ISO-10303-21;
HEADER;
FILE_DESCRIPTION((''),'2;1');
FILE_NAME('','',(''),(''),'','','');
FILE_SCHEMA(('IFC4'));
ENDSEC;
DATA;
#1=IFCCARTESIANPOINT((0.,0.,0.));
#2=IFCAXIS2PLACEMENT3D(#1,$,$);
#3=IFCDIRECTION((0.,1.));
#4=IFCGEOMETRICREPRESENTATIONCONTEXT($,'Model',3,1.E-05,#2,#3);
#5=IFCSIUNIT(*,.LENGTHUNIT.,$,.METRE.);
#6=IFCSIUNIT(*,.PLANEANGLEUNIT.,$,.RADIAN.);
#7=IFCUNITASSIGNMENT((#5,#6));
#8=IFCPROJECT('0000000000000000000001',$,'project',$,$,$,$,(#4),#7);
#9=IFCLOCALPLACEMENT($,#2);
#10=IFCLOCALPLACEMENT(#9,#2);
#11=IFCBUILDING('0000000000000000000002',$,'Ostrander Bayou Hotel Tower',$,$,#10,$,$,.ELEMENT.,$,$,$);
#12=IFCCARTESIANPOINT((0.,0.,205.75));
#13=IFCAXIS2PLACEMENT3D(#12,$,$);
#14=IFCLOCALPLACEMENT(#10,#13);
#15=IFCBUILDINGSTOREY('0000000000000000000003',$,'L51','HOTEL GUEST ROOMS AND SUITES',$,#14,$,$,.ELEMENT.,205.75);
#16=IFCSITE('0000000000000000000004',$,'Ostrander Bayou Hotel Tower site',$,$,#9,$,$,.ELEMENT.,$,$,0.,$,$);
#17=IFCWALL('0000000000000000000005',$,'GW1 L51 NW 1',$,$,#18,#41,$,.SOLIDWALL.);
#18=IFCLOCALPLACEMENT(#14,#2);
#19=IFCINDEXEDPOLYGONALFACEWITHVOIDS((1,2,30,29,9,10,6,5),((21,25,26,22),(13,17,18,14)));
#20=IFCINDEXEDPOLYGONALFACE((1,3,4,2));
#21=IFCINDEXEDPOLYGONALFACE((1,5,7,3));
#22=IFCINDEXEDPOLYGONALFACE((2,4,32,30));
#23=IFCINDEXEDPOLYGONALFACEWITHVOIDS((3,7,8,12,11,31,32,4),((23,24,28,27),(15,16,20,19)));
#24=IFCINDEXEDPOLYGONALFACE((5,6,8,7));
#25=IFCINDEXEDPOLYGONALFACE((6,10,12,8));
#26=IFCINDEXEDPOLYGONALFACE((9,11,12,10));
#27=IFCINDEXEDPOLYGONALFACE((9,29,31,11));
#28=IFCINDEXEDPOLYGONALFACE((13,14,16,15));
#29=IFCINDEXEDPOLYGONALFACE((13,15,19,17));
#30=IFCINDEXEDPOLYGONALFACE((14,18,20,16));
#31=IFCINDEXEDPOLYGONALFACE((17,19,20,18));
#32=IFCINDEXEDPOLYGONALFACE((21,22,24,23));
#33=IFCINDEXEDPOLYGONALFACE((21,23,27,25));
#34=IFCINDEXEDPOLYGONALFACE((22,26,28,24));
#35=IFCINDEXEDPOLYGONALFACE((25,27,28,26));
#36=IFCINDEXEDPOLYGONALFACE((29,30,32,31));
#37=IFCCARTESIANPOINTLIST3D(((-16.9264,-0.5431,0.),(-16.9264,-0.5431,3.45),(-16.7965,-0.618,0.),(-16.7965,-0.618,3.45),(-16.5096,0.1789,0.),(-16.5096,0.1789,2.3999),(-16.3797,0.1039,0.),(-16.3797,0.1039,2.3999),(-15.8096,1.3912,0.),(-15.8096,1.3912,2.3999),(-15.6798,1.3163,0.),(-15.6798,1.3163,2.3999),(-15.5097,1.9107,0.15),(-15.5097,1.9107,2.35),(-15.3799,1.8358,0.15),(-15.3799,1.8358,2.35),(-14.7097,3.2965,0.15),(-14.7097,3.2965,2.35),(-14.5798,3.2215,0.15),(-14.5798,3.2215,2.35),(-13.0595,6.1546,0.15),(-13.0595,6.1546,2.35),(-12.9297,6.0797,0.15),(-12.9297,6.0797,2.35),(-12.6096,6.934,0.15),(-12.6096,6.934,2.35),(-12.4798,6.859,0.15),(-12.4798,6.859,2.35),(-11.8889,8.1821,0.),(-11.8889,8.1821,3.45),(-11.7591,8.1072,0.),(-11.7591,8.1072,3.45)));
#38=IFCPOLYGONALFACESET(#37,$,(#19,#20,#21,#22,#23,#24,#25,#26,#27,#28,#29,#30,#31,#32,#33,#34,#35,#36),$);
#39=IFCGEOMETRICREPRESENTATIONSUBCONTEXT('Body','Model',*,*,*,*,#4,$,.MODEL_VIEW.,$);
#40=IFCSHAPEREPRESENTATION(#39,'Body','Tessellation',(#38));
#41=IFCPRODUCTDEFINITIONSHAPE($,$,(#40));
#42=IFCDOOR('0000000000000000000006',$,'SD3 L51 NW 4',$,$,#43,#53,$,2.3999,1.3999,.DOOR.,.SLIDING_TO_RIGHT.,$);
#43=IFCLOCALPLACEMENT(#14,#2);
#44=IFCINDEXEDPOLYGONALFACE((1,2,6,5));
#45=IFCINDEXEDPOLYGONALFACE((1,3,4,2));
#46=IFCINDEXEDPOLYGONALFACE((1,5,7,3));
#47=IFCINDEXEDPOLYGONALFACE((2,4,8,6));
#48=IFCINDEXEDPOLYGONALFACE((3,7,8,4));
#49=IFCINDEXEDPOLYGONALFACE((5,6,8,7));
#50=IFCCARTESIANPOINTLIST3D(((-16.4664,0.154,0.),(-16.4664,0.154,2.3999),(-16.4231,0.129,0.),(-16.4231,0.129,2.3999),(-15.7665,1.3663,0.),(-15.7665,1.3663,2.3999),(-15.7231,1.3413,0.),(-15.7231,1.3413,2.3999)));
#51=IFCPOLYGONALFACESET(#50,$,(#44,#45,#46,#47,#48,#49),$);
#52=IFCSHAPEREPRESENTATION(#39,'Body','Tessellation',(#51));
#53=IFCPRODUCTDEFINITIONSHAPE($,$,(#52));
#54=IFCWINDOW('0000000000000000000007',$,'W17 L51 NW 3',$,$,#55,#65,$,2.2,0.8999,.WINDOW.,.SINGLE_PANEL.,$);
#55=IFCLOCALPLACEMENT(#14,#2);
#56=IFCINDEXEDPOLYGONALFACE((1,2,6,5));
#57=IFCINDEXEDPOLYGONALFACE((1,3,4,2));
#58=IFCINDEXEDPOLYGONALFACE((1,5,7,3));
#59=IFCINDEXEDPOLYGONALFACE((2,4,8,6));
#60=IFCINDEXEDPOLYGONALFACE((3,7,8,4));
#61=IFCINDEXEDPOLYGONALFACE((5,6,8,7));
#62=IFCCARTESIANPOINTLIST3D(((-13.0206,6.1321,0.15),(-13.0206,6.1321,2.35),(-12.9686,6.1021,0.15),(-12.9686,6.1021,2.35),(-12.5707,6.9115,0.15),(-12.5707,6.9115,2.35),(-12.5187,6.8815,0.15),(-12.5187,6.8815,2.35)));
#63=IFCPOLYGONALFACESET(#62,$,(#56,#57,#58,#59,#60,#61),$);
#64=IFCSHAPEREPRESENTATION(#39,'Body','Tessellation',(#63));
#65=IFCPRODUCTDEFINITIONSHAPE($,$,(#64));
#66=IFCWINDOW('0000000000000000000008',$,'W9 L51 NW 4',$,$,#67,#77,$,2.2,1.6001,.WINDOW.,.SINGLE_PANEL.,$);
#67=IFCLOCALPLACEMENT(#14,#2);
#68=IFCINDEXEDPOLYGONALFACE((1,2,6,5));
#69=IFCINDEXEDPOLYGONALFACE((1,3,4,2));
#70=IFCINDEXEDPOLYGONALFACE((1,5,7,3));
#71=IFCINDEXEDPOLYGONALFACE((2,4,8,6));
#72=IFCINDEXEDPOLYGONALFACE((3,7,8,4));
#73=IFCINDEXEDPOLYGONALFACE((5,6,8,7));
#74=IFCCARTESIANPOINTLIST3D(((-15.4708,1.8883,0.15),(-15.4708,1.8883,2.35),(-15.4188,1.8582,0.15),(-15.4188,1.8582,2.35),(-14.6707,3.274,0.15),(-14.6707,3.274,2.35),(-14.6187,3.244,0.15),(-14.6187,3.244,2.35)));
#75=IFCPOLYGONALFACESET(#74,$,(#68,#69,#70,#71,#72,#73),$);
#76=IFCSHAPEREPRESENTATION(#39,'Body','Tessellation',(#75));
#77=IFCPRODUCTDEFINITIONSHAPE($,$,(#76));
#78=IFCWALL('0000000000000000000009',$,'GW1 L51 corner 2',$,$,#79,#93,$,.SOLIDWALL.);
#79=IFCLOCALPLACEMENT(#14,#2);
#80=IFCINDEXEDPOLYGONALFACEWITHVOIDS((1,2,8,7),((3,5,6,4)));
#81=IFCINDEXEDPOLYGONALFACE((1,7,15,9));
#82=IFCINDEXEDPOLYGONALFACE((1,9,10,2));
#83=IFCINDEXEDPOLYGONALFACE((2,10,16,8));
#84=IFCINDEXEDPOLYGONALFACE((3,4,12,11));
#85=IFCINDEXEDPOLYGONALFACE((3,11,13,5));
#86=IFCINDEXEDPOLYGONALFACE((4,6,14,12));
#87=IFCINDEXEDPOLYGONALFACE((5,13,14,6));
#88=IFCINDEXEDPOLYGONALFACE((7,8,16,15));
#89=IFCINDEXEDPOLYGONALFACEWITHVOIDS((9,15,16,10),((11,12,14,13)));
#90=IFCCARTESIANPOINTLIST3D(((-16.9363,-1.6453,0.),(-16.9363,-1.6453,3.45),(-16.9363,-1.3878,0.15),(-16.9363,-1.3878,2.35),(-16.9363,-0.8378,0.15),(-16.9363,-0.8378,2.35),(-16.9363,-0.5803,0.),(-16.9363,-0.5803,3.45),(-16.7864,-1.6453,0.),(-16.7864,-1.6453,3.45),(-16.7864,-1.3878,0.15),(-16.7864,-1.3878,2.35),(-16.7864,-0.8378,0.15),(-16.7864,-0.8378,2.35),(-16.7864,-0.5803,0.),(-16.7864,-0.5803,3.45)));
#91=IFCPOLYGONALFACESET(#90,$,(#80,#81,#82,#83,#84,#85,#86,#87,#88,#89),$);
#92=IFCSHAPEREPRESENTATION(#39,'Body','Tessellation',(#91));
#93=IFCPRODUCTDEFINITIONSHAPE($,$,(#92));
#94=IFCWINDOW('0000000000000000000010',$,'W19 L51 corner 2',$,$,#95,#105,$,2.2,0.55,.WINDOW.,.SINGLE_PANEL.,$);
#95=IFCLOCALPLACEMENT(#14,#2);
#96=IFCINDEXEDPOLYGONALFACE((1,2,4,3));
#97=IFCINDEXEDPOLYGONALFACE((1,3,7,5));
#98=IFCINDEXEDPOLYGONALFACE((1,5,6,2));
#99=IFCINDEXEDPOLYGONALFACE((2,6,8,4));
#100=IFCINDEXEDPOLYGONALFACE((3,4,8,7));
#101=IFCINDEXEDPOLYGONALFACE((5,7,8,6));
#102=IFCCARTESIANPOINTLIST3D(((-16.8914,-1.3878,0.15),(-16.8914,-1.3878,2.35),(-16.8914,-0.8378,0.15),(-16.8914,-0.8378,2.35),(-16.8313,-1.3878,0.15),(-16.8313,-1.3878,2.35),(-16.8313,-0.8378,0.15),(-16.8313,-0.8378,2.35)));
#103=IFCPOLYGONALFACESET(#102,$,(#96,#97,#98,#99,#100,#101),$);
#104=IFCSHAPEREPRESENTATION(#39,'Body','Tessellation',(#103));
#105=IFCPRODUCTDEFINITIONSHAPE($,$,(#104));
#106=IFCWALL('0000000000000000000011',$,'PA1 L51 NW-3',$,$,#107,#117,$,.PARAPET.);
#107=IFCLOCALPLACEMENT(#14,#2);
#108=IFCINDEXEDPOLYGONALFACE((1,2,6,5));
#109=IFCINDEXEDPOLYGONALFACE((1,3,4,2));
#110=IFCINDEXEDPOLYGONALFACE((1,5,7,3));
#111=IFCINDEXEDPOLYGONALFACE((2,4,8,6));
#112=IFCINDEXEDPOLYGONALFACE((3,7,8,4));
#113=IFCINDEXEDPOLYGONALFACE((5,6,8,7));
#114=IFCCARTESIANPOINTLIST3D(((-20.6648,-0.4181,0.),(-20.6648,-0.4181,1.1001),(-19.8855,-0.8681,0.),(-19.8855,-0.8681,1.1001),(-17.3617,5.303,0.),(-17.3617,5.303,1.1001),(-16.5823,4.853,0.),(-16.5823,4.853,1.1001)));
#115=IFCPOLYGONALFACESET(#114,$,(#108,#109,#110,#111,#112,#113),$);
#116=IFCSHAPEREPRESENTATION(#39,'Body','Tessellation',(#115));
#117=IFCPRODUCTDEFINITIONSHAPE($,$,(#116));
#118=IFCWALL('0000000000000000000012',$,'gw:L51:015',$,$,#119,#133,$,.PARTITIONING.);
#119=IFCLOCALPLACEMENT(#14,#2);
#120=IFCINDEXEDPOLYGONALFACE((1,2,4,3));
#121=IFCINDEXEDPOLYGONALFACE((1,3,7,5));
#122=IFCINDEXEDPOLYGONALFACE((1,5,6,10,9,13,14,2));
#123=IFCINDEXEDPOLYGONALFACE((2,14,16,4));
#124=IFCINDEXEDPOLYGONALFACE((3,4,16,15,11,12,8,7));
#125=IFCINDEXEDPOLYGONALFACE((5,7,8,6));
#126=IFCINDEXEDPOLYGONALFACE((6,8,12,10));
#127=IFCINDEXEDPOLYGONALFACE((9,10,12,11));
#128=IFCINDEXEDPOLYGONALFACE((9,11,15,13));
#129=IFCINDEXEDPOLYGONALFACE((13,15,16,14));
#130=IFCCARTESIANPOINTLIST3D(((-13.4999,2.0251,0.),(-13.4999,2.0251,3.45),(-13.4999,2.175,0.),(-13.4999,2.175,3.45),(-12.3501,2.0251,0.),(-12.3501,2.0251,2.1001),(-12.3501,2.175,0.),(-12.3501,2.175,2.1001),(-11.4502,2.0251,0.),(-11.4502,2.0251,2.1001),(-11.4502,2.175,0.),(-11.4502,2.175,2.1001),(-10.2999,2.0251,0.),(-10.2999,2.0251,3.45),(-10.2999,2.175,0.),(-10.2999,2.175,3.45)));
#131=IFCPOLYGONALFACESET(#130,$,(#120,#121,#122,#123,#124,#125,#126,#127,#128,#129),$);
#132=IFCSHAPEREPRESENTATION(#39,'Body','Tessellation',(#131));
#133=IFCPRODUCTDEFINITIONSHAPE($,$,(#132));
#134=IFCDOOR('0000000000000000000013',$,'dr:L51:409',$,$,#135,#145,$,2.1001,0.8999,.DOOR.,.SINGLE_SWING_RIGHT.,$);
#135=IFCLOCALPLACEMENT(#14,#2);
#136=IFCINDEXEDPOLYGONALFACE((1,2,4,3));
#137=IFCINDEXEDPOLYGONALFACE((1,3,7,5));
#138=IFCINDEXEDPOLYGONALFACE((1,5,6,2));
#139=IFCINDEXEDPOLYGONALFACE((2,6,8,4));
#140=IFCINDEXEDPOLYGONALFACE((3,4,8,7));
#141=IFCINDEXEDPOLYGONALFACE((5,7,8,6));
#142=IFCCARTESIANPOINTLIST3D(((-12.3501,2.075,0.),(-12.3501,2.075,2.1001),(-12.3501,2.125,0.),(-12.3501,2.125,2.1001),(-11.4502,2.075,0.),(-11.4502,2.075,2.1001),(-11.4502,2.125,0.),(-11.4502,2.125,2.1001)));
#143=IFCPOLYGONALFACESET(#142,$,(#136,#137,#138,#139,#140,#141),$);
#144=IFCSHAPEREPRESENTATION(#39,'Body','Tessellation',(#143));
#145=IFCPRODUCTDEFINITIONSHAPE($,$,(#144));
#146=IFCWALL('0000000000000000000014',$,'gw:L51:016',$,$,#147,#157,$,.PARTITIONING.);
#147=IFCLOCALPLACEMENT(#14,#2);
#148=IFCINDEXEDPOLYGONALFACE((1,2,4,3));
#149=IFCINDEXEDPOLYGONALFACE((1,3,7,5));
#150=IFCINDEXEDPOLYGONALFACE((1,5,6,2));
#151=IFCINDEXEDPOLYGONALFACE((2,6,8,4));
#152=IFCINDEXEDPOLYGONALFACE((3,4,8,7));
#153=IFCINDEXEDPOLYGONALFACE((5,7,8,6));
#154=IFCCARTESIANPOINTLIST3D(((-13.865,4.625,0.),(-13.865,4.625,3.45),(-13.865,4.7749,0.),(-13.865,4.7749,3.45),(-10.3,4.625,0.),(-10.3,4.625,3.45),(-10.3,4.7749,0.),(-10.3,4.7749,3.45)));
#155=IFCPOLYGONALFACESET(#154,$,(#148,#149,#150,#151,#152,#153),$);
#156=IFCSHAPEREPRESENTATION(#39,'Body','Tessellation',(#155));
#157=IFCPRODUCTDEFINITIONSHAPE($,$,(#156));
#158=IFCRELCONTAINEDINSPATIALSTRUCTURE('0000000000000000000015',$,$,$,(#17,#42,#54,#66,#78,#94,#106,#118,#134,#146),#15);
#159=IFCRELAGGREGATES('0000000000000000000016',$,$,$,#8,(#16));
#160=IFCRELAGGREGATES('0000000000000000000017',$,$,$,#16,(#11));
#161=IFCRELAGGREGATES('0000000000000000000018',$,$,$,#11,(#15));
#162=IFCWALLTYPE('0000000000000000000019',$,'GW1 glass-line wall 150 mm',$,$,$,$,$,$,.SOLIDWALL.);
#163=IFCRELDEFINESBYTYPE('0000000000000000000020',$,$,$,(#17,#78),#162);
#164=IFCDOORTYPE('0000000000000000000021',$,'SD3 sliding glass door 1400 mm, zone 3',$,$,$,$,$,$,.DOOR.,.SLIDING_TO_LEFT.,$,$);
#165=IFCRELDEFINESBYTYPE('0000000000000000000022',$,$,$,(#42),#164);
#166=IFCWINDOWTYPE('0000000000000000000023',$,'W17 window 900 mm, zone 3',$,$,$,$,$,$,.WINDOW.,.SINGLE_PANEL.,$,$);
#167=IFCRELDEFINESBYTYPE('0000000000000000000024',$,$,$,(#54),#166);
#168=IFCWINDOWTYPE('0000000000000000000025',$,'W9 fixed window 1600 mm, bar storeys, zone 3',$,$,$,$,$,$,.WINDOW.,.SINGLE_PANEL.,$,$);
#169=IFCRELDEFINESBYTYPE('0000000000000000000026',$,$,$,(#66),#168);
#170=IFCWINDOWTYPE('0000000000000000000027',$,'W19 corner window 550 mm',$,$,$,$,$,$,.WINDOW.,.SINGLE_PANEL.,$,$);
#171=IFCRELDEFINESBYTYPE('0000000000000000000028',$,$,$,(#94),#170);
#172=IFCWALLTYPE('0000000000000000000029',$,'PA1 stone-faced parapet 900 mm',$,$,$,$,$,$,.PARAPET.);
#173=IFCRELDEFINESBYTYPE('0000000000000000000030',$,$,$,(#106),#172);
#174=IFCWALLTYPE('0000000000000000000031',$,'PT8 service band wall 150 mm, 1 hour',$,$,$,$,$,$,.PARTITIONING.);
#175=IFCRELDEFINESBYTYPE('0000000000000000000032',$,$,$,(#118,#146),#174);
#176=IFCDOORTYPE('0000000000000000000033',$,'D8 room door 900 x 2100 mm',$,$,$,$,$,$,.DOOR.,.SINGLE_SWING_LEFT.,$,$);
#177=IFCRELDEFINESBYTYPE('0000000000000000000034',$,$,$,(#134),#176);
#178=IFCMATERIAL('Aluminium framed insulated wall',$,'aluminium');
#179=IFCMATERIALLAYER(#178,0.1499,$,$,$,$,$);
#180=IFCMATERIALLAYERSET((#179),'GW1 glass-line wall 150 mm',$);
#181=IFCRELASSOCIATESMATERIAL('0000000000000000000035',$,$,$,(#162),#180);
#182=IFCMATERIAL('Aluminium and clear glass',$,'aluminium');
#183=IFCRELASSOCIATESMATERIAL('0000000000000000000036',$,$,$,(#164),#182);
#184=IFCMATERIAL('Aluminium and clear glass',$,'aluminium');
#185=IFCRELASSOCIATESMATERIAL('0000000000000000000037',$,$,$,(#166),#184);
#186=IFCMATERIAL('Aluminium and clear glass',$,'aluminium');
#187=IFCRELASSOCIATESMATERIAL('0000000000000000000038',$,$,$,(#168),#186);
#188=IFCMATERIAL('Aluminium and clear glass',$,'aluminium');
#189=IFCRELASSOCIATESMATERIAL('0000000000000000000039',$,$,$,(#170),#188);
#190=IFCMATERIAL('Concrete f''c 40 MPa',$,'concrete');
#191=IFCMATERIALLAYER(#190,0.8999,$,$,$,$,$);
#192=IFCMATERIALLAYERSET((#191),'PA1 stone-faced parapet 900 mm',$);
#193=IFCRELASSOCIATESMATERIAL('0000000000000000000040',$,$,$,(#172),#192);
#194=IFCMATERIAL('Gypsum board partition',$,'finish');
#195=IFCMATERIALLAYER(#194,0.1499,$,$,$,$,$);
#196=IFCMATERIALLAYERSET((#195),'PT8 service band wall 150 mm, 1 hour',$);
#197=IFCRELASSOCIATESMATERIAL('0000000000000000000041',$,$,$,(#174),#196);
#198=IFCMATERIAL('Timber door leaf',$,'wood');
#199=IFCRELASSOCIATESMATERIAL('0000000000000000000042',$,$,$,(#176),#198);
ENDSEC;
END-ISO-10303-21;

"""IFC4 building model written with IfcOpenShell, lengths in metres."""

from ifc_helpers import new_model, si_unit, direction, frame, frame_2d, origin, place, context, subcontext, project, spatial, rectangle, extrude, material, layer, layer_set, type_object, element, fill, save


model = new_model("IFC4")

# Units and contexts
model_context = context("Model", 3, precision=1e-05, world=origin(), true_north=direction((0.0, 1.0)))
body_context = subcontext(model_context, "Body", "Model", "MODEL_VIEW")
ifc_project = project(units=[si_unit("LENGTHUNIT", "METRE"), si_unit("PLANEANGLEUNIT", "RADIAN")], contexts=[model_context])

# Site, building, storey
site_placement = place(None, origin())
site = spatial("IfcSite", under=ifc_project, at=site_placement, Name="Ostrander Bayou Hotel Tower site", CompositionType="ELEMENT", RefElevation=0.0)
building_placement = place(site_placement, origin())
building = spatial("IfcBuilding", under=site, at=building_placement, Name="Ostrander Bayou Hotel Tower", CompositionType="ELEMENT")
storey_placement = place(building_placement, frame((0.0, 0.0, 205.75)))
storey = spatial("IfcBuildingStorey", under=building, at=storey_placement, Name="L51", Description="HOTEL GUEST ROOMS AND SUITES", CompositionType="ELEMENT", Elevation=205.75)

# Wall, openings, door, windows
ifc_material_1 = material(Name="Aluminium framed insulated wall", Category="aluminium")
ifc_layer_1 = layer(ifc_material_1, 0.1499)
ifc_layer_set_1 = layer_set([ifc_layer_1], Name="GW1 glass-line wall 150 mm")
wall_type_1 = type_object("IfcWallType", Name="GW1 glass-line wall 150 mm", PredefinedType="SOLIDWALL", material=ifc_layer_set_1)
wall_1_placement = place(storey_placement, frame((-11.824, 8.1448, 0.0), z_axis=(0.0, 0.0, 1.0), x_axis=(-0.499994, -0.866029, 0.0)))
wall_1 = element("IfcWall", 1, at=wall_1_placement, inside=storey, type_object=wall_type_1, Name="GW1 L51 NW 1", PredefinedType="SOLIDWALL", context=body_context, shape_type="SweptSolid", body=[
    extrude(rectangle(XDim=10.075, YDim=0.1499, at=frame_2d((5.0376, 0.0))), origin(), (0.0, 0.0, 1.0), 3.45),
])
opening_1_placement = place(wall_1_placement, frame((1.4414, 0.0, 0.1499)))
opening_1 = element("IfcOpeningElement", 2, at=opening_1_placement, cuts=wall_1, PredefinedType="OPENING", context=body_context, shape_type="SweptSolid", body=[
    extrude(rectangle(XDim=0.8999, YDim=2.2, at=frame_2d((0.45, 1.1001))), frame((0.0, 0.075, 0.0), z_axis=(0.0, -1.0, 0.0), x_axis=(1.0, 0.0, 0.0)), (0.0, 0.0, 1.0), 0.1499),
])
opening_2_placement = place(wall_1_placement, frame((5.6416, 0.0, 0.1499)))
opening_2 = element("IfcOpeningElement", 3, at=opening_2_placement, cuts=wall_1, PredefinedType="OPENING", context=body_context, shape_type="SweptSolid", body=[
    extrude(rectangle(XDim=1.6001, YDim=2.2, at=frame_2d((0.8, 1.1001))), frame((0.0, 0.075, 0.0), z_axis=(0.0, -1.0, 0.0), x_axis=(1.0, 0.0, 0.0)), (0.0, 0.0, 1.0), 0.1499),
])
opening_3_placement = place(wall_1_placement, frame((7.8416, 0.0, 0.0)))
opening_3 = element("IfcOpeningElement", 4, at=opening_3_placement, cuts=wall_1, PredefinedType="OPENING", context=body_context, shape_type="SweptSolid", body=[
    extrude(rectangle(XDim=1.3999, YDim=2.3999, at=frame_2d((0.7, 1.2))), frame((0.0, 0.075, 0.0), z_axis=(0.0, -1.0, 0.0), x_axis=(1.0, 0.0, 0.0)), (0.0, 0.0, 1.0), 0.1499),
])
ifc_material_2 = material(Name="Aluminium and clear glass", Category="aluminium")
door_type_1 = type_object("IfcDoorType", Name="SD3 sliding glass door 1400 mm, zone 3", OperationType="SLIDING_TO_LEFT", PredefinedType="DOOR", material=ifc_material_2)
door_1_placement = place(opening_3_placement, origin())
door_1 = element("IfcDoor", 5, at=door_1_placement, inside=storey, type_object=door_type_1, Name="SD3 L51 NW 4", OperationType="SLIDING_TO_RIGHT", OverallHeight=2.3999, OverallWidth=1.3999, PredefinedType="DOOR", context=body_context, shape_type="SweptSolid", body=[
    extrude(rectangle(XDim=1.3999, YDim=2.3999, at=frame_2d((0.7, 1.2))), frame((0.0, 0.0249, 0.0), z_axis=(0.0, -1.0, 0.0), x_axis=(1.0, 0.0, 0.0)), (0.0, 0.0, 1.0), 0.05),
])
fill(opening_3, door_1)
ifc_material_3 = material(Name="Aluminium and clear glass", Category="aluminium")
window_type_1 = type_object("IfcWindowType", Name="W17 window 900 mm, zone 3", PartitioningType="SINGLE_PANEL", PredefinedType="WINDOW", material=ifc_material_3)
window_1_placement = place(opening_1_placement, origin())
window_1 = element("IfcWindow", 6, at=window_1_placement, inside=storey, type_object=window_type_1, Name="W17 L51 NW 3", OverallHeight=2.2, OverallWidth=0.8999, PartitioningType="SINGLE_PANEL", PredefinedType="WINDOW", context=body_context, shape_type="SweptSolid", body=[
    extrude(rectangle(XDim=0.8999, YDim=2.2, at=frame_2d((0.45, 1.1001))), frame((0.0, 0.03, 0.0), z_axis=(0.0, -1.0, 0.0), x_axis=(1.0, 0.0, 0.0)), (0.0, 0.0, 1.0), 0.0601),
])
fill(opening_1, window_1)
ifc_material_4 = material(Name="Aluminium and clear glass", Category="aluminium")
window_type_2 = type_object("IfcWindowType", Name="W9 fixed window 1600 mm, bar storeys, zone 3", PartitioningType="SINGLE_PANEL", PredefinedType="WINDOW", material=ifc_material_4)
window_2_placement = place(opening_2_placement, origin())
window_2 = element("IfcWindow", 7, at=window_2_placement, inside=storey, type_object=window_type_2, Name="W9 L51 NW 4", OverallHeight=2.2, OverallWidth=1.6001, PartitioningType="SINGLE_PANEL", PredefinedType="WINDOW", context=body_context, shape_type="SweptSolid", body=[
    extrude(rectangle(XDim=1.6001, YDim=2.2, at=frame_2d((0.8, 1.1001))), frame((0.0, 0.03, 0.0), z_axis=(0.0, -1.0, 0.0), x_axis=(1.0, 0.0, 0.0)), (0.0, 0.0, 1.0), 0.0601),
])
fill(opening_2, window_2)

# Wall, opening, window
wall_2_placement = place(storey_placement, frame((-16.8613, -0.5803, 0.0), z_axis=(0.0, 0.0, 1.0), x_axis=(0.0, -1.0, 0.0)))
wall_2 = element("IfcWall", 8, at=wall_2_placement, inside=storey, type_object=wall_type_1, Name="GW1 L51 corner 2", PredefinedType="SOLIDWALL", context=body_context, shape_type="SweptSolid", body=[
    extrude(rectangle(XDim=1.0649, YDim=0.1499, at=frame_2d((0.5325, 0.0))), origin(), (0.0, 0.0, 1.0), 3.45),
])
opening_4_placement = place(wall_2_placement, frame((0.2576, 0.0, 0.1499)))
opening_4 = element("IfcOpeningElement", 9, at=opening_4_placement, cuts=wall_2, PredefinedType="OPENING", context=body_context, shape_type="SweptSolid", body=[
    extrude(rectangle(XDim=0.55, YDim=2.2, at=frame_2d((0.2749, 1.1001))), frame((0.0, 0.075, 0.0), z_axis=(0.0, -1.0, 0.0), x_axis=(1.0, 0.0, 0.0)), (0.0, 0.0, 1.0), 0.1499),
])
ifc_material_5 = material(Name="Aluminium and clear glass", Category="aluminium")
window_type_3 = type_object("IfcWindowType", Name="W19 corner window 550 mm", PartitioningType="SINGLE_PANEL", PredefinedType="WINDOW", material=ifc_material_5)
window_3_placement = place(opening_4_placement, origin())
window_3 = element("IfcWindow", 10, at=window_3_placement, inside=storey, type_object=window_type_3, Name="W19 L51 corner 2", OverallHeight=2.2, OverallWidth=0.55, PartitioningType="SINGLE_PANEL", PredefinedType="WINDOW", context=body_context, shape_type="SweptSolid", body=[
    extrude(rectangle(XDim=0.55, YDim=2.2, at=frame_2d((0.2749, 1.1001))), frame((0.0, 0.03, 0.0), z_axis=(0.0, -1.0, 0.0), x_axis=(1.0, 0.0, 0.0)), (0.0, 0.0, 1.0), 0.0601),
])
fill(opening_4, window_3)

# Wall
ifc_material_6 = material(Name="Concrete f'c 40 MPa", Category="concrete")
ifc_layer_2 = layer(ifc_material_6, 0.8999)
ifc_layer_set_2 = layer_set([ifc_layer_2], Name="PA1 stone-faced parapet 900 mm")
wall_type_2 = type_object("IfcWallType", Name="PA1 stone-faced parapet 900 mm", PredefinedType="PARAPET", material=ifc_layer_set_2)
wall_3_placement = place(storey_placement, frame((-16.9719, 5.0781, 0.0), z_axis=(0.0, 0.0, 1.0), x_axis=(-0.50001, -0.866019, 0.0)))
element("IfcWall", 11, at=wall_3_placement, inside=storey, type_object=wall_type_2, Name="PA1 L51 NW-3", PredefinedType="PARAPET", context=body_context, shape_type="SweptSolid", body=[
    extrude(rectangle(XDim=6.6062, YDim=0.8999, at=frame_2d((3.3032, 0.0))), origin(), (0.0, 0.0, 1.0), 1.1001),
])

# Wall, opening, door
ifc_material_7 = material(Name="Gypsum board partition", Category="finish")
ifc_layer_3 = layer(ifc_material_7, 0.1499)
ifc_layer_set_3 = layer_set([ifc_layer_3], Name="PT8 service band wall 150 mm, 1 hour")
wall_type_3 = type_object("IfcWallType", Name="PT8 service band wall 150 mm, 1 hour", PredefinedType="PARTITIONING", material=ifc_layer_set_3)
wall_4_placement = place(storey_placement, frame((-13.5, 2.1001, 0.0), z_axis=(0.0, 0.0, 1.0), x_axis=(1.0, 0.0, 0.0)))
wall_4 = element("IfcWall", 12, at=wall_4_placement, inside=storey, type_object=wall_type_3, Name="gw:L51:015", PredefinedType="PARTITIONING", context=body_context, shape_type="SweptSolid", body=[
    extrude(rectangle(XDim=3.2, YDim=0.1499, at=frame_2d((1.6001, 0.0))), origin(), (0.0, 0.0, 1.0), 3.45),
])
opening_5_placement = place(wall_4_placement, frame((1.1499, 0.0, 0.0)))
opening_5 = element("IfcOpeningElement", 13, at=opening_5_placement, cuts=wall_4, PredefinedType="OPENING", context=body_context, shape_type="SweptSolid", body=[
    extrude(rectangle(XDim=0.8999, YDim=2.1001, at=frame_2d((0.45, 1.05))), frame((0.0, 0.075, 0.0), z_axis=(0.0, -1.0, 0.0), x_axis=(1.0, 0.0, 0.0)), (0.0, 0.0, 1.0), 0.1499),
])
ifc_material_8 = material(Name="Timber door leaf", Category="wood")
door_type_2 = type_object("IfcDoorType", Name="D8 room door 900 x 2100 mm", OperationType="SINGLE_SWING_LEFT", PredefinedType="DOOR", material=ifc_material_8)
door_2_placement = place(opening_5_placement, origin())
door_2 = element("IfcDoor", 14, at=door_2_placement, inside=storey, type_object=door_type_2, Name="dr:L51:409", OperationType="SINGLE_SWING_RIGHT", OverallHeight=2.1001, OverallWidth=0.8999, PredefinedType="DOOR", context=body_context, shape_type="SweptSolid", body=[
    extrude(rectangle(XDim=0.8999, YDim=2.1001, at=frame_2d((0.45, 1.05))), frame((0.0, 0.0249, 0.0), z_axis=(0.0, -1.0, 0.0), x_axis=(1.0, 0.0, 0.0)), (0.0, 0.0, 1.0), 0.05),
])
fill(opening_5, door_2)

# Wall
wall_5_placement = place(storey_placement, frame((-13.865, 4.7, 0.0), z_axis=(0.0, 0.0, 1.0), x_axis=(1.0, 0.0, 0.0)))
element("IfcWall", 15, at=wall_5_placement, inside=storey, type_object=wall_type_3, Name="gw:L51:016", PredefinedType="PARTITIONING", context=body_context, shape_type="SweptSolid", body=[
    extrude(rectangle(XDim=3.5649, YDim=0.1499, at=frame_2d((1.7825, 0.0))), origin(), (0.0, 0.0, 1.0), 3.45),
])

save(model, "model.ifc")
